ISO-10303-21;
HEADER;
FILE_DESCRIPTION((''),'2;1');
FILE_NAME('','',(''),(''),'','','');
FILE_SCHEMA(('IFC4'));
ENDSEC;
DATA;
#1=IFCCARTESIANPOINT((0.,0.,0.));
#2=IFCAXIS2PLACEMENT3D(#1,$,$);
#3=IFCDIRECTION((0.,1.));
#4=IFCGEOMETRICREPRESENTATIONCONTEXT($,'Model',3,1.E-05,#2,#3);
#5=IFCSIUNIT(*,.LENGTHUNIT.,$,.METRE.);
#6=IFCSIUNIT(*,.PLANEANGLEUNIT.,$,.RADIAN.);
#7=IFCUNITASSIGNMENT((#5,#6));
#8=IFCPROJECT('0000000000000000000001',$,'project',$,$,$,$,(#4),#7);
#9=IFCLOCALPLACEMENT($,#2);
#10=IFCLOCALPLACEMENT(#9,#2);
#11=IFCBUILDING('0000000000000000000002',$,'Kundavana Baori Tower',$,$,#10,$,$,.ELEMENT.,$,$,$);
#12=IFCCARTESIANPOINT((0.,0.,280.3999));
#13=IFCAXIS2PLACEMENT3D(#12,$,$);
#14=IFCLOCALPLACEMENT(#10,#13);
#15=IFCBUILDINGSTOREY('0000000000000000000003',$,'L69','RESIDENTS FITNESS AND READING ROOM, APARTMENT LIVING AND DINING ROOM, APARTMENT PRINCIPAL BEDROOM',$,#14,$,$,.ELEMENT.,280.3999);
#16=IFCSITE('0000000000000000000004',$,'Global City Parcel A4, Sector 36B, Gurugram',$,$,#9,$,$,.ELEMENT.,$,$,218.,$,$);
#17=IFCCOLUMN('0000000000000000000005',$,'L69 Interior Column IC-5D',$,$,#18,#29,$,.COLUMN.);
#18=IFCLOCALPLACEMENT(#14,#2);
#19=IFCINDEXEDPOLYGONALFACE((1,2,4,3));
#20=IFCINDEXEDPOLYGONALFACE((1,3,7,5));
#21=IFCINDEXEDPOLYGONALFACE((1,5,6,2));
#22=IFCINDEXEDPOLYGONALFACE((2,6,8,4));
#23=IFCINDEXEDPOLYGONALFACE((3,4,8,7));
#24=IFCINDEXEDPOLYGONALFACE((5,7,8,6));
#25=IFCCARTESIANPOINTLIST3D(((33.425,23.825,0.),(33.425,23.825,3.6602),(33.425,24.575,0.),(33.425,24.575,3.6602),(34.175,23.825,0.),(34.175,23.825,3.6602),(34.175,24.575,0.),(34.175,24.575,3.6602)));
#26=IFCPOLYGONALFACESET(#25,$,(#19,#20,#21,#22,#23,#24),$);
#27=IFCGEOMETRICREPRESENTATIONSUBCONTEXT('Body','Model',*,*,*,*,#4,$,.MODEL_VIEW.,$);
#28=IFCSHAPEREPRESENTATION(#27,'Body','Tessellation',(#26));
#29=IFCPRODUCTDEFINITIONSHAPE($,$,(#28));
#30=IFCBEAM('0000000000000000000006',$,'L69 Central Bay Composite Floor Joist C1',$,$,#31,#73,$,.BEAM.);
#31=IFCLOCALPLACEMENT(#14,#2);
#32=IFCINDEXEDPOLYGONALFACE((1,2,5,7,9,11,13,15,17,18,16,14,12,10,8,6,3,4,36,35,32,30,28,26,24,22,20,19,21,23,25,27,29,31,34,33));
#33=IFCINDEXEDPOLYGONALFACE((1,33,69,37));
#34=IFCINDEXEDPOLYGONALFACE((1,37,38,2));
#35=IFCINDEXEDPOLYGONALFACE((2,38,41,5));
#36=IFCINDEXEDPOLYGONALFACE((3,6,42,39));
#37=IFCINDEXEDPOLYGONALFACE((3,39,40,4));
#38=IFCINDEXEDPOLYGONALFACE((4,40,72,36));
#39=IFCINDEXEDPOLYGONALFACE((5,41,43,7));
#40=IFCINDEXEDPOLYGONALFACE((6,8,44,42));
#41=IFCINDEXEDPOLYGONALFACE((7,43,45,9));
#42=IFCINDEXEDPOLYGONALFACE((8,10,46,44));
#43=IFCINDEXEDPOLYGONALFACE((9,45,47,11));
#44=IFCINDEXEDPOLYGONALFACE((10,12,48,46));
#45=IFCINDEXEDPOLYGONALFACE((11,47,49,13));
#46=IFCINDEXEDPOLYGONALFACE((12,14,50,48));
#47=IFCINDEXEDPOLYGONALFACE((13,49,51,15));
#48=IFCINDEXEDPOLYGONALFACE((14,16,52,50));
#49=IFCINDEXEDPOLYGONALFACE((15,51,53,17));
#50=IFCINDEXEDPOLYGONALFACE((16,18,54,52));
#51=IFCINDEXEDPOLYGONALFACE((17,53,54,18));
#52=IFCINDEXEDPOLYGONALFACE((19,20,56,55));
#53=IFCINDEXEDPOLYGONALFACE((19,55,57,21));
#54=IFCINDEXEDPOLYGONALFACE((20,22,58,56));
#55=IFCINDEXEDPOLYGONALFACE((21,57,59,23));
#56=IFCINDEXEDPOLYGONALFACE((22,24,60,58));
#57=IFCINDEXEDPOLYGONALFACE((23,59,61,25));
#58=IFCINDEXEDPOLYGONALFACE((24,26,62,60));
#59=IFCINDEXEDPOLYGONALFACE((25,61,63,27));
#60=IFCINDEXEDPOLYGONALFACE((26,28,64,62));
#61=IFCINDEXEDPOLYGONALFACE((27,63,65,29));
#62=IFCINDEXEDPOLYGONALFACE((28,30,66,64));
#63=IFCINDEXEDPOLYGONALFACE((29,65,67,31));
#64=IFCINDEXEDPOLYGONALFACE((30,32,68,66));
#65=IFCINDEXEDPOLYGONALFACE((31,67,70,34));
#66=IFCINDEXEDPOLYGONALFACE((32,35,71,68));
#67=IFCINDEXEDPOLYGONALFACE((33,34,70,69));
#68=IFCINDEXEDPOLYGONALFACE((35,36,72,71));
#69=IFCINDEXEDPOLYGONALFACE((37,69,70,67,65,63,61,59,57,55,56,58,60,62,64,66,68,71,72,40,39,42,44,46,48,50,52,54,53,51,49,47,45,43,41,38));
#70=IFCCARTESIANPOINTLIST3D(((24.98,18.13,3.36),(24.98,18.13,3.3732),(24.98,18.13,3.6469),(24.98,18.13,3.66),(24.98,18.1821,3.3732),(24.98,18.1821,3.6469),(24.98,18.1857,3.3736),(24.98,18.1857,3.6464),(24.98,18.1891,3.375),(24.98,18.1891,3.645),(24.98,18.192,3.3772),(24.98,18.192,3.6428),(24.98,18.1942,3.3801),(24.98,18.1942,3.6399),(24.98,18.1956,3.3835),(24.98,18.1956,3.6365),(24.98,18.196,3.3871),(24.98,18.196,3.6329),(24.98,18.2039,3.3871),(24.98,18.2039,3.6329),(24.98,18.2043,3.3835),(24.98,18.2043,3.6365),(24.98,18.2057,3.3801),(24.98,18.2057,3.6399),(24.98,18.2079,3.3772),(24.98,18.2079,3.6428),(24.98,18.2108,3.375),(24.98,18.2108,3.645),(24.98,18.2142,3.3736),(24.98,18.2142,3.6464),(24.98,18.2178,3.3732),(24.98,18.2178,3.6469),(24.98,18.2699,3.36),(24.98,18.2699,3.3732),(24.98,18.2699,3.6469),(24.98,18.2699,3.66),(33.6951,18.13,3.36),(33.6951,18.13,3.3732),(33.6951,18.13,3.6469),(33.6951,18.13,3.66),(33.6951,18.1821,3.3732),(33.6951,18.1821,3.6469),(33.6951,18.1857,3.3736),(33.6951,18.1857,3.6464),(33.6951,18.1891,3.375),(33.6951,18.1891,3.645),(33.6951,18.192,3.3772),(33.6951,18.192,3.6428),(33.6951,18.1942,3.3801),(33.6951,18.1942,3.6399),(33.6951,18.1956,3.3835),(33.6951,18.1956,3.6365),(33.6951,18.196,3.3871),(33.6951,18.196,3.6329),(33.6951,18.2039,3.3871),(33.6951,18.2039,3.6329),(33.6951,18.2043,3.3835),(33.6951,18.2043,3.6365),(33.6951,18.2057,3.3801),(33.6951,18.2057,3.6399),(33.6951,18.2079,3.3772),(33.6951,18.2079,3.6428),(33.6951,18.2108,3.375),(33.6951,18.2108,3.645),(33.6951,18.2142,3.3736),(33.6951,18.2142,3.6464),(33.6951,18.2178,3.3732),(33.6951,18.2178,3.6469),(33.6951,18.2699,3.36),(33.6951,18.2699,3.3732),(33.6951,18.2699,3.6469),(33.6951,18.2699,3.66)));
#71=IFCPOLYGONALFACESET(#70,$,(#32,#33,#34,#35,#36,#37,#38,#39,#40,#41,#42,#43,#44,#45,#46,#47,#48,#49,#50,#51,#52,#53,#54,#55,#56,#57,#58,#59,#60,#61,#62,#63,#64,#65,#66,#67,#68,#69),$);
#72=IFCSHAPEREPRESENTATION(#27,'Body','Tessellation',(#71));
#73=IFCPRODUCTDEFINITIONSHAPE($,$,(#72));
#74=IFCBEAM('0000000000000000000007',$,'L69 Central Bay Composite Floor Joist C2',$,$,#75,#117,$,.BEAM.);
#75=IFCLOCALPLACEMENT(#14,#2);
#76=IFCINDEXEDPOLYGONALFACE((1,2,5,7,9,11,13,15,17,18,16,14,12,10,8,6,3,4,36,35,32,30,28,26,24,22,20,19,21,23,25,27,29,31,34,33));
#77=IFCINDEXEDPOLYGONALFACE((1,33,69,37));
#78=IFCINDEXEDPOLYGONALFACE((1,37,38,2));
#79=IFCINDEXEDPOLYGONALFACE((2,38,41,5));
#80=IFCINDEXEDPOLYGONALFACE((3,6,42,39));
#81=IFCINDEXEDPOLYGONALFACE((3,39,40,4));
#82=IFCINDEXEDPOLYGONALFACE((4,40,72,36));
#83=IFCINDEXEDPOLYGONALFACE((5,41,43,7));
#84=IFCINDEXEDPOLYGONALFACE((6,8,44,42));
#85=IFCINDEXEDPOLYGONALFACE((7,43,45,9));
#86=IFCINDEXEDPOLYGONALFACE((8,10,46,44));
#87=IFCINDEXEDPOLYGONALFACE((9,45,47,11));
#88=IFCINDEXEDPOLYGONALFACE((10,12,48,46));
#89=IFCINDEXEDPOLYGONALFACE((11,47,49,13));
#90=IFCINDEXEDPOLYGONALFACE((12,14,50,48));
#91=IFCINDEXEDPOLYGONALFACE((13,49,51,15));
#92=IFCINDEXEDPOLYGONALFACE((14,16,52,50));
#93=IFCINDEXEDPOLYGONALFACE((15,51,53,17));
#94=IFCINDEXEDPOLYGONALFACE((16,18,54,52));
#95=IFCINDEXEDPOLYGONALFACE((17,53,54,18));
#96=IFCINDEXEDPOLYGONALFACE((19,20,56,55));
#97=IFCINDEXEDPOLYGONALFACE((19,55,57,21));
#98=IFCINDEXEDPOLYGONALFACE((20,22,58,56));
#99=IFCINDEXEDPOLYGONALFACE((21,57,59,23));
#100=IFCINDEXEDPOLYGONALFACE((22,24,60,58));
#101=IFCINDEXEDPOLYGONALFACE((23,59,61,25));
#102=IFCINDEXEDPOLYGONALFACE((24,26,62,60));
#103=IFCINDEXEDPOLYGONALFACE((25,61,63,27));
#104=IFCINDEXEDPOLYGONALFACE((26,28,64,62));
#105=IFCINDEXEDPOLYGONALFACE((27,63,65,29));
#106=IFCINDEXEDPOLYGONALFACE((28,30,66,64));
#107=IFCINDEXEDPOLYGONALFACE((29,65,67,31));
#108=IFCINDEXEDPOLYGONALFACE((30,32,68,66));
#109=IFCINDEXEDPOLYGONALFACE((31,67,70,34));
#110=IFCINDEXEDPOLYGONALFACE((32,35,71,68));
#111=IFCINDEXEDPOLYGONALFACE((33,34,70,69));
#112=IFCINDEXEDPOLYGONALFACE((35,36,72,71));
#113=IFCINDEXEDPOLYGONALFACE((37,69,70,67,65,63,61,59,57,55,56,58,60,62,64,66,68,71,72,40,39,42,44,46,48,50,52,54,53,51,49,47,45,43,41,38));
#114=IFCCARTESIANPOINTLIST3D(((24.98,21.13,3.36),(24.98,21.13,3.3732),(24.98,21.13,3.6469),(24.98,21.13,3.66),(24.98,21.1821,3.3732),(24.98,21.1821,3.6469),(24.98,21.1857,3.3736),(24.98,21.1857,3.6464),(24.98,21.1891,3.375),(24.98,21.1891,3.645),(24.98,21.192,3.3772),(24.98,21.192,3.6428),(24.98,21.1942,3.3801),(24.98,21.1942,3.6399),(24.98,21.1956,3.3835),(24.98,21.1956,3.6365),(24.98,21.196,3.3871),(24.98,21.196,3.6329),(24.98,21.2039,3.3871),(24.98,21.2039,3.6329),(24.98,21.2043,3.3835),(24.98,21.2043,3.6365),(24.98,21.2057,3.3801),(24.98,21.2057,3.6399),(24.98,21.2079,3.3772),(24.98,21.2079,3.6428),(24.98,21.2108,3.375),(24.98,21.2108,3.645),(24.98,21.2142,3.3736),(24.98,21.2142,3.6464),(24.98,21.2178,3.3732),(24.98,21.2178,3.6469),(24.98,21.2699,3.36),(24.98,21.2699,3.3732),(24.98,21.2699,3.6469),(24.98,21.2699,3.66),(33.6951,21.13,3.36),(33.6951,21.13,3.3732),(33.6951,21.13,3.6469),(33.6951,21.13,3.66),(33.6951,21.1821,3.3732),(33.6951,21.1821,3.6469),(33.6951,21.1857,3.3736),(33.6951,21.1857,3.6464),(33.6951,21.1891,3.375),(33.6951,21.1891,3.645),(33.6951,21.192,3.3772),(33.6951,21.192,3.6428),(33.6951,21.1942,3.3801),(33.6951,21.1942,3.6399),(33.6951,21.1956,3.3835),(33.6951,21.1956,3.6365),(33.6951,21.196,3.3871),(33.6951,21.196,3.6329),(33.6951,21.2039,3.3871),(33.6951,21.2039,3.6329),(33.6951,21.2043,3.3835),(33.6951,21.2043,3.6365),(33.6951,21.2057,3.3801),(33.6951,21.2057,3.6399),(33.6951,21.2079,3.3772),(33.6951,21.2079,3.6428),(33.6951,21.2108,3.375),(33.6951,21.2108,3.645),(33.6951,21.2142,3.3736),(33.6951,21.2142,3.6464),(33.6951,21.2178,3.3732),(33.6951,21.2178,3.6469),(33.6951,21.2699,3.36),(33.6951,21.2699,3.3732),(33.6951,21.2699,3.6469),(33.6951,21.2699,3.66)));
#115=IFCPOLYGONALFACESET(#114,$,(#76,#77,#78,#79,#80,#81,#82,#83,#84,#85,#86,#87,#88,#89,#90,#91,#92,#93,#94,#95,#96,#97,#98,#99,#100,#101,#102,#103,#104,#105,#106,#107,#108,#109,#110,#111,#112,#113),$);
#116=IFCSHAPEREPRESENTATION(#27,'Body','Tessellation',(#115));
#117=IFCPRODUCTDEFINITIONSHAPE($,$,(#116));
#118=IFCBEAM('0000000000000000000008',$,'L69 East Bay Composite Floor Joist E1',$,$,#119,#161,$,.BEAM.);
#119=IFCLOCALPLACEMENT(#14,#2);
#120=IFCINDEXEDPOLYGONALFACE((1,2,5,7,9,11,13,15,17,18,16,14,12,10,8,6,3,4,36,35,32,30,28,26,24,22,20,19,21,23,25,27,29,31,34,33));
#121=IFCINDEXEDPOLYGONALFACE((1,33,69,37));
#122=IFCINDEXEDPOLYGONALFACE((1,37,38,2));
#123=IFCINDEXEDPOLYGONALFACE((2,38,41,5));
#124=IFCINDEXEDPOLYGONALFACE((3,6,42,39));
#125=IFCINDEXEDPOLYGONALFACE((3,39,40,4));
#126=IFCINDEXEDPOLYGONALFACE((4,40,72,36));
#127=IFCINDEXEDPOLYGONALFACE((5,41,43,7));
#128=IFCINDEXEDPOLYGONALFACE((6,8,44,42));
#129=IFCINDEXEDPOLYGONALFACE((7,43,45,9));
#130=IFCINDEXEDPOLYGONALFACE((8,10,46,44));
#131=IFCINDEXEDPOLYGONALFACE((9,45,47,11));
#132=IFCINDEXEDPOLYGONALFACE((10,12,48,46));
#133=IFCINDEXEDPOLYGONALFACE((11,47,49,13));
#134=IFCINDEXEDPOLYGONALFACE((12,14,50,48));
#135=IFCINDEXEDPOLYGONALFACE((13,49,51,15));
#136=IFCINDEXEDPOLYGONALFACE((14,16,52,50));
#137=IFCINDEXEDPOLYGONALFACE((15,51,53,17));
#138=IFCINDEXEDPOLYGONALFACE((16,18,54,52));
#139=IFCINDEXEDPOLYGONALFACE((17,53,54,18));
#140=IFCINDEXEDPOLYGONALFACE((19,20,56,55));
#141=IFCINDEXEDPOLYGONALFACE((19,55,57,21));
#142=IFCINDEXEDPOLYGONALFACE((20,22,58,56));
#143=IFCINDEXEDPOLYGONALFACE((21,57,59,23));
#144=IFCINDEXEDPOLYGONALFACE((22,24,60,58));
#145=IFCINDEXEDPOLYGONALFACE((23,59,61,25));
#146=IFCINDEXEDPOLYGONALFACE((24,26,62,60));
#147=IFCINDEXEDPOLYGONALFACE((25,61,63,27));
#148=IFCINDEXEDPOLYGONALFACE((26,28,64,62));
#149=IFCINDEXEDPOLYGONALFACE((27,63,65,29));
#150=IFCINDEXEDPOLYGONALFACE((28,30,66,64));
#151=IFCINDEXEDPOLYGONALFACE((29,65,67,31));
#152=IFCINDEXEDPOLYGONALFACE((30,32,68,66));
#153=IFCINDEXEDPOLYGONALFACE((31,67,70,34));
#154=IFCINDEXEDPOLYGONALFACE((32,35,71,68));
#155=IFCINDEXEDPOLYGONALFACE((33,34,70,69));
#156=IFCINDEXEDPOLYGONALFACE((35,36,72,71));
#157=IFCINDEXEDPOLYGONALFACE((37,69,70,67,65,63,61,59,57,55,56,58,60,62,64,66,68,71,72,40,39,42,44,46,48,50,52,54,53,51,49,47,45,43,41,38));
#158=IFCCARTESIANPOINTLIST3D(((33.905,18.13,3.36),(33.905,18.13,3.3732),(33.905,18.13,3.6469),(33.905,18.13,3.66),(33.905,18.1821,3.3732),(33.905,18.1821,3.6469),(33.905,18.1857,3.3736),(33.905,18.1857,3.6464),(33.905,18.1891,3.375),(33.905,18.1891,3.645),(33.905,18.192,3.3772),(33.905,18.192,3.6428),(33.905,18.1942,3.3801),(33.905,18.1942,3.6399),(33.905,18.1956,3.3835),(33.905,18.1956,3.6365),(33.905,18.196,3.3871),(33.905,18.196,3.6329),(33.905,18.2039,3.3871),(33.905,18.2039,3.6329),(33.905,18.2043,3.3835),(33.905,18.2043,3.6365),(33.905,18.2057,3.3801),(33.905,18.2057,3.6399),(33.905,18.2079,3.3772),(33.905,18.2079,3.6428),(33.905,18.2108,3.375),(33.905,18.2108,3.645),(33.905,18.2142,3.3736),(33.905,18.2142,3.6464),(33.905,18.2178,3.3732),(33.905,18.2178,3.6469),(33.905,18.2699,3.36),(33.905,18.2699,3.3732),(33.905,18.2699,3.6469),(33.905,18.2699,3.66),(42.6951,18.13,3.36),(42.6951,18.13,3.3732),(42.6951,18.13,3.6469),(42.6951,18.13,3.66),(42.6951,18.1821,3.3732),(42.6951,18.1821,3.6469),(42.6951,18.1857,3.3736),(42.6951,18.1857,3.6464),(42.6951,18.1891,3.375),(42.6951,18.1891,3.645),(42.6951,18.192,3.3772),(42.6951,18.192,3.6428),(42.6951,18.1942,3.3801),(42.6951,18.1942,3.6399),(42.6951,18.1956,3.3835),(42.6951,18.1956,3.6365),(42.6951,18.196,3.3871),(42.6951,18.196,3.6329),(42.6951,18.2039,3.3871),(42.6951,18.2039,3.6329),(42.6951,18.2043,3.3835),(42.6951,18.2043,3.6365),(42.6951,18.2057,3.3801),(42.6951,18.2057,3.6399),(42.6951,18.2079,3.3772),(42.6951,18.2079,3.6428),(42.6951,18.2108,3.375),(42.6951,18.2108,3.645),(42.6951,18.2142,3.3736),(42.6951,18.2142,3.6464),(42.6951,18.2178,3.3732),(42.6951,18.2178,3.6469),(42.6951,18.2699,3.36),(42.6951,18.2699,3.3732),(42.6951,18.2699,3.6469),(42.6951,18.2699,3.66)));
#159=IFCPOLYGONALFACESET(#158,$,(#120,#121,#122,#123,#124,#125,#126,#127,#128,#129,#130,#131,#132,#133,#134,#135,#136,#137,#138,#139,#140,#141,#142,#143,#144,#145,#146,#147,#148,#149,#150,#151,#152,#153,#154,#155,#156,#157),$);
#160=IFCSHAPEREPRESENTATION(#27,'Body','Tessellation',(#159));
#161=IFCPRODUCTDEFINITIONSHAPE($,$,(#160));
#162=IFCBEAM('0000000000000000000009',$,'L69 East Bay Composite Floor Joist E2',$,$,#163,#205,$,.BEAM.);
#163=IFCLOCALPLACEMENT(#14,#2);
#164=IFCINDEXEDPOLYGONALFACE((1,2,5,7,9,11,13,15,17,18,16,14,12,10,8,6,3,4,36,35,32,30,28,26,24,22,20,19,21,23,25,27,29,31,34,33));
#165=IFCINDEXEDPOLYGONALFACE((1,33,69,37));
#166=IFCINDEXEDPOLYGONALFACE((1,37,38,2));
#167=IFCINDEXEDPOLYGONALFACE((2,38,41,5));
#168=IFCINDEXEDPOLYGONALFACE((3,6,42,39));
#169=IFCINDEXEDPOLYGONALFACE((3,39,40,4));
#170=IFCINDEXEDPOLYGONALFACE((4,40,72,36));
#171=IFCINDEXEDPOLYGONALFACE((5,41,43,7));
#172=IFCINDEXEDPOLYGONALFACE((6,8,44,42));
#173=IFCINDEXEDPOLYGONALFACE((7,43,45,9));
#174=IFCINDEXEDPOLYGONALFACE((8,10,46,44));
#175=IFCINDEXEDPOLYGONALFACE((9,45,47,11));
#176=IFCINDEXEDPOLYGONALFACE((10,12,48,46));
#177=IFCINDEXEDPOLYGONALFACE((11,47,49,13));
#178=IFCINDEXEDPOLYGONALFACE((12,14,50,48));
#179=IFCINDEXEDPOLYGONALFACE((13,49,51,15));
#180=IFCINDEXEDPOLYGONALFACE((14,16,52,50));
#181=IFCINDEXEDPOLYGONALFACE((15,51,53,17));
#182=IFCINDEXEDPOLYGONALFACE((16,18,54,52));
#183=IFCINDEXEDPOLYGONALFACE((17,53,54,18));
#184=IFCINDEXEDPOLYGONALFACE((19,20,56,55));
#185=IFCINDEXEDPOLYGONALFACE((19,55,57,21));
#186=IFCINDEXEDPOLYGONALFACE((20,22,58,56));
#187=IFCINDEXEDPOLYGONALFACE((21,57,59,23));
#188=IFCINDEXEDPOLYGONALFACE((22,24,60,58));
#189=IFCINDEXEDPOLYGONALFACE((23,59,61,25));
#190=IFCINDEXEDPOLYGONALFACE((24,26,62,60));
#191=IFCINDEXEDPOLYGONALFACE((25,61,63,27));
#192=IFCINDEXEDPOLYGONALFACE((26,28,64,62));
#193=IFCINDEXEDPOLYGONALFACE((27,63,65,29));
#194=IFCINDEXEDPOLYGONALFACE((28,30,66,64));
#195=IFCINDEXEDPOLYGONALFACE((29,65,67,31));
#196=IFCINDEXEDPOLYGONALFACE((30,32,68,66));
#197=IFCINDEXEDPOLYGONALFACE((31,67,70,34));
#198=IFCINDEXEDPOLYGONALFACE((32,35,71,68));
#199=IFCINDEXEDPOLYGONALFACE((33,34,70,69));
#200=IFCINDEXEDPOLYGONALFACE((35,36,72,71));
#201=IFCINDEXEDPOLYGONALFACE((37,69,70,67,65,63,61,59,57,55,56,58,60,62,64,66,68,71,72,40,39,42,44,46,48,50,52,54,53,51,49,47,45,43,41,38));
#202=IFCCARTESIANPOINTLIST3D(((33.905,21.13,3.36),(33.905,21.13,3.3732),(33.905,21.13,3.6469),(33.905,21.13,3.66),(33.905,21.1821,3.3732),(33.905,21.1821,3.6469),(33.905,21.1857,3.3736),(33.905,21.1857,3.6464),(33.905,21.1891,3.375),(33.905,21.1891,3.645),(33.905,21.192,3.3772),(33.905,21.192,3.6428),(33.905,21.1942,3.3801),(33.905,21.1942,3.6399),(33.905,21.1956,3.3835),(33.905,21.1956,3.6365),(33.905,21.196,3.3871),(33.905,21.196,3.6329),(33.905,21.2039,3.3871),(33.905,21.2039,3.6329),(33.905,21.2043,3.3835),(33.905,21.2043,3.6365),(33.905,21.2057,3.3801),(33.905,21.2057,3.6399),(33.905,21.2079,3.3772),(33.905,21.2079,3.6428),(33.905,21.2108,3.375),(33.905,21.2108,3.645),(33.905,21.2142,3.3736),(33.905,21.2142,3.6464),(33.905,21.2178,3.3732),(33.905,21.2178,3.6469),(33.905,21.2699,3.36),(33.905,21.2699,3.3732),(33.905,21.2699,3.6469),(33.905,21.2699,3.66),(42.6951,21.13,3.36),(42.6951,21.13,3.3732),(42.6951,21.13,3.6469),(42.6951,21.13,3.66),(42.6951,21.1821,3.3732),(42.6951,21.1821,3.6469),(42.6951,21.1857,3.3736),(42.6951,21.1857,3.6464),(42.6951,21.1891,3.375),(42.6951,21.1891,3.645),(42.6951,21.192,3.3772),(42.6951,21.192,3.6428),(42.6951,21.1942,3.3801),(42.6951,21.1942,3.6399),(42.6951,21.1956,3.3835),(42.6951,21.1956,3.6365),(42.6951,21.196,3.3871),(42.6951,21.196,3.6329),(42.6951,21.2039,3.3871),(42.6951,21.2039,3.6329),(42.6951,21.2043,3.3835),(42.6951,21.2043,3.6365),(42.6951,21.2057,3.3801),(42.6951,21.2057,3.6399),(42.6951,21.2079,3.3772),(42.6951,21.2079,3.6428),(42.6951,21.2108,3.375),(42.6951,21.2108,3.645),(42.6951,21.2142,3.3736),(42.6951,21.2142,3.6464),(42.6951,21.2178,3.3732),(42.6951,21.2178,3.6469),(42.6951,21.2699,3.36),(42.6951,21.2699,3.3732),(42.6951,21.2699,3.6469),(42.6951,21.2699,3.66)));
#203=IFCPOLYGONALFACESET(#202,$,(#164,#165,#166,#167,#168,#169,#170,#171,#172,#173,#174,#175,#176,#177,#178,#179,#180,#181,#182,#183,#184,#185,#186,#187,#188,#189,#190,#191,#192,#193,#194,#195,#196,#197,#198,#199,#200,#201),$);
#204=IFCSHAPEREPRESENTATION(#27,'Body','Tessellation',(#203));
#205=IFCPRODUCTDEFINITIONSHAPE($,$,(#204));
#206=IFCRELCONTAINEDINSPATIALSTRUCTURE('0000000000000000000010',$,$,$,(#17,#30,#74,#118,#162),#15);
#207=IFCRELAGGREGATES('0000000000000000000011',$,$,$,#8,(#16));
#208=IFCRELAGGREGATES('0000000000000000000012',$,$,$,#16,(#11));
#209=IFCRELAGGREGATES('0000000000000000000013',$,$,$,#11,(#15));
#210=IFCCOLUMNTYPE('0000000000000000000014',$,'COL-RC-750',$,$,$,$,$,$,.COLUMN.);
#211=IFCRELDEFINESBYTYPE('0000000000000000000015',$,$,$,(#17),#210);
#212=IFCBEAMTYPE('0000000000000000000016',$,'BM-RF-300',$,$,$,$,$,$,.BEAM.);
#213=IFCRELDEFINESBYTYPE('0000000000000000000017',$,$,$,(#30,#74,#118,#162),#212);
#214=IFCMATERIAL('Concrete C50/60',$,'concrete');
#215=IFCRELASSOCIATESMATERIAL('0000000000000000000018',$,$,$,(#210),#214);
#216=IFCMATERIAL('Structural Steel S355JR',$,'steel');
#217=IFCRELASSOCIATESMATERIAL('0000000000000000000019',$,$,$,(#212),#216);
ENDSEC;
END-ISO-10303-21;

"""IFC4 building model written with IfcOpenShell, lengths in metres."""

from ifc_helpers import new_model, si_unit, direction, frame, origin, origin_2d, place, context, subcontext, project, spatial, rectangle, i_section, extrude, material, material_profile, profile_set, type_object, element, save


model = new_model("IFC4")

# Units and contexts
model_context = context("Model", 3, precision=1e-05, world=origin(), true_north=direction((0.0, 1.0)))
body_context = subcontext(model_context, "Body", "Model", "MODEL_VIEW")
ifc_project = project(units=[si_unit("LENGTHUNIT", "METRE"), si_unit("PLANEANGLEUNIT", "RADIAN")], contexts=[model_context])

# Site, building, storey
site_placement = place(None, origin())
site = spatial("IfcSite", under=ifc_project, at=site_placement, Name="Global City Parcel A4, Sector 36B, Gurugram", CompositionType="ELEMENT", RefElevation=218.0)
building_placement = place(site_placement, origin())
building = spatial("IfcBuilding", under=site, at=building_placement, Name="Kundavana Baori Tower", CompositionType="ELEMENT")
storey_placement = place(building_placement, frame((0.0, 0.0, 280.3999)))
storey = spatial("IfcBuildingStorey", under=building, at=storey_placement, Name="L69", Description="RESIDENTS FITNESS AND READING ROOM, APARTMENT LIVING AND DINING ROOM, APARTMENT PRINCIPAL BEDROOM", CompositionType="ELEMENT", Elevation=280.3999)

# Column
ifc_material_1 = material(Name="Concrete C50/60", Category="concrete")
ifc_material_profile_1 = material_profile(ifc_material_1, rectangle(XDim=0.75, YDim=0.75, at=origin_2d()), Name="RC 750x750")
ifc_profile_set_1 = profile_set([ifc_material_profile_1], Name="Concrete C50/60")
column_type = type_object("IfcColumnType", Name="COL-RC-750", PredefinedType="COLUMN", material=ifc_profile_set_1)
column_placement = place(storey_placement, frame((33.8, 24.2, 0.0), z_axis=(0.0, 0.0, 1.0), x_axis=(1.0, 0.0, 0.0)))
element("IfcColumn", 1, at=column_placement, inside=storey, type_object=column_type, Name="L69 Interior Column IC-5D", PredefinedType="COLUMN", context=body_context, shape_type="SweptSolid", body=[
    extrude(rectangle(XDim=0.75, YDim=0.75, at=origin_2d()), origin(), (0.0, 0.0, 1.0), 3.6602),
])

# Beams
ifc_material_2 = material(Name="Structural Steel S355JR", Category="steel")
ifc_material_profile_2 = material_profile(ifc_material_2, i_section(OverallWidth=0.1399, OverallDepth=0.3, WebThickness=0.0078, FlangeThickness=0.0132, FilletRadius=0.0139, at=origin_2d()), Name="ISMB 300")
ifc_profile_set_2 = profile_set([ifc_material_profile_2], Name="Structural Steel S355JR")
beam_type_1 = type_object("IfcBeamType", Name="BM-RF-300", PredefinedType="BEAM", material=ifc_profile_set_2)
for number, where, z_axis, x_axis, name in (
    (2, (24.98, 18.2, 3.51), (1.0, 0.0, 0.0), (0.0, 1.0, 0.0), "L69 Central Bay Composite Floor Joist C1"),
    (3, (24.98, 21.2, 3.51), (1.0, 0.0, 0.0), (0.0, 1.0, 0.0), "L69 Central Bay Composite Floor Joist C2"),
):
    element("IfcBeam", number, at=place(storey_placement, frame(where, z_axis=z_axis, x_axis=x_axis)), inside=storey, type_object=beam_type_1, Name=name, PredefinedType="BEAM", context=body_context, shape_type="SweptSolid", body=[
        extrude(i_section(OverallWidth=0.1399, OverallDepth=0.3, WebThickness=0.0078, FlangeThickness=0.0132, FilletRadius=0.0139, at=origin_2d()), origin(), (0.0, 0.0, 1.0), 8.7151),
    ])
for number, where, z_axis, x_axis, name in (
    (4, (33.905, 18.2, 3.51), (1.0, 0.0, 0.0), (0.0, 1.0, 0.0), "L69 East Bay Composite Floor Joist E1"),
    (5, (33.905, 21.2, 3.51), (1.0, 0.0, 0.0), (0.0, 1.0, 0.0), "L69 East Bay Composite Floor Joist E2"),
):
    element("IfcBeam", number, at=place(storey_placement, frame(where, z_axis=z_axis, x_axis=x_axis)), inside=storey, type_object=beam_type_1, Name=name, PredefinedType="BEAM", context=body_context, shape_type="SweptSolid", body=[
        extrude(i_section(OverallWidth=0.1399, OverallDepth=0.3, WebThickness=0.0078, FlangeThickness=0.0132, FilletRadius=0.0139, at=origin_2d()), origin(), (0.0, 0.0, 1.0), 8.79),
    ])

save(model, "model.ifc")
